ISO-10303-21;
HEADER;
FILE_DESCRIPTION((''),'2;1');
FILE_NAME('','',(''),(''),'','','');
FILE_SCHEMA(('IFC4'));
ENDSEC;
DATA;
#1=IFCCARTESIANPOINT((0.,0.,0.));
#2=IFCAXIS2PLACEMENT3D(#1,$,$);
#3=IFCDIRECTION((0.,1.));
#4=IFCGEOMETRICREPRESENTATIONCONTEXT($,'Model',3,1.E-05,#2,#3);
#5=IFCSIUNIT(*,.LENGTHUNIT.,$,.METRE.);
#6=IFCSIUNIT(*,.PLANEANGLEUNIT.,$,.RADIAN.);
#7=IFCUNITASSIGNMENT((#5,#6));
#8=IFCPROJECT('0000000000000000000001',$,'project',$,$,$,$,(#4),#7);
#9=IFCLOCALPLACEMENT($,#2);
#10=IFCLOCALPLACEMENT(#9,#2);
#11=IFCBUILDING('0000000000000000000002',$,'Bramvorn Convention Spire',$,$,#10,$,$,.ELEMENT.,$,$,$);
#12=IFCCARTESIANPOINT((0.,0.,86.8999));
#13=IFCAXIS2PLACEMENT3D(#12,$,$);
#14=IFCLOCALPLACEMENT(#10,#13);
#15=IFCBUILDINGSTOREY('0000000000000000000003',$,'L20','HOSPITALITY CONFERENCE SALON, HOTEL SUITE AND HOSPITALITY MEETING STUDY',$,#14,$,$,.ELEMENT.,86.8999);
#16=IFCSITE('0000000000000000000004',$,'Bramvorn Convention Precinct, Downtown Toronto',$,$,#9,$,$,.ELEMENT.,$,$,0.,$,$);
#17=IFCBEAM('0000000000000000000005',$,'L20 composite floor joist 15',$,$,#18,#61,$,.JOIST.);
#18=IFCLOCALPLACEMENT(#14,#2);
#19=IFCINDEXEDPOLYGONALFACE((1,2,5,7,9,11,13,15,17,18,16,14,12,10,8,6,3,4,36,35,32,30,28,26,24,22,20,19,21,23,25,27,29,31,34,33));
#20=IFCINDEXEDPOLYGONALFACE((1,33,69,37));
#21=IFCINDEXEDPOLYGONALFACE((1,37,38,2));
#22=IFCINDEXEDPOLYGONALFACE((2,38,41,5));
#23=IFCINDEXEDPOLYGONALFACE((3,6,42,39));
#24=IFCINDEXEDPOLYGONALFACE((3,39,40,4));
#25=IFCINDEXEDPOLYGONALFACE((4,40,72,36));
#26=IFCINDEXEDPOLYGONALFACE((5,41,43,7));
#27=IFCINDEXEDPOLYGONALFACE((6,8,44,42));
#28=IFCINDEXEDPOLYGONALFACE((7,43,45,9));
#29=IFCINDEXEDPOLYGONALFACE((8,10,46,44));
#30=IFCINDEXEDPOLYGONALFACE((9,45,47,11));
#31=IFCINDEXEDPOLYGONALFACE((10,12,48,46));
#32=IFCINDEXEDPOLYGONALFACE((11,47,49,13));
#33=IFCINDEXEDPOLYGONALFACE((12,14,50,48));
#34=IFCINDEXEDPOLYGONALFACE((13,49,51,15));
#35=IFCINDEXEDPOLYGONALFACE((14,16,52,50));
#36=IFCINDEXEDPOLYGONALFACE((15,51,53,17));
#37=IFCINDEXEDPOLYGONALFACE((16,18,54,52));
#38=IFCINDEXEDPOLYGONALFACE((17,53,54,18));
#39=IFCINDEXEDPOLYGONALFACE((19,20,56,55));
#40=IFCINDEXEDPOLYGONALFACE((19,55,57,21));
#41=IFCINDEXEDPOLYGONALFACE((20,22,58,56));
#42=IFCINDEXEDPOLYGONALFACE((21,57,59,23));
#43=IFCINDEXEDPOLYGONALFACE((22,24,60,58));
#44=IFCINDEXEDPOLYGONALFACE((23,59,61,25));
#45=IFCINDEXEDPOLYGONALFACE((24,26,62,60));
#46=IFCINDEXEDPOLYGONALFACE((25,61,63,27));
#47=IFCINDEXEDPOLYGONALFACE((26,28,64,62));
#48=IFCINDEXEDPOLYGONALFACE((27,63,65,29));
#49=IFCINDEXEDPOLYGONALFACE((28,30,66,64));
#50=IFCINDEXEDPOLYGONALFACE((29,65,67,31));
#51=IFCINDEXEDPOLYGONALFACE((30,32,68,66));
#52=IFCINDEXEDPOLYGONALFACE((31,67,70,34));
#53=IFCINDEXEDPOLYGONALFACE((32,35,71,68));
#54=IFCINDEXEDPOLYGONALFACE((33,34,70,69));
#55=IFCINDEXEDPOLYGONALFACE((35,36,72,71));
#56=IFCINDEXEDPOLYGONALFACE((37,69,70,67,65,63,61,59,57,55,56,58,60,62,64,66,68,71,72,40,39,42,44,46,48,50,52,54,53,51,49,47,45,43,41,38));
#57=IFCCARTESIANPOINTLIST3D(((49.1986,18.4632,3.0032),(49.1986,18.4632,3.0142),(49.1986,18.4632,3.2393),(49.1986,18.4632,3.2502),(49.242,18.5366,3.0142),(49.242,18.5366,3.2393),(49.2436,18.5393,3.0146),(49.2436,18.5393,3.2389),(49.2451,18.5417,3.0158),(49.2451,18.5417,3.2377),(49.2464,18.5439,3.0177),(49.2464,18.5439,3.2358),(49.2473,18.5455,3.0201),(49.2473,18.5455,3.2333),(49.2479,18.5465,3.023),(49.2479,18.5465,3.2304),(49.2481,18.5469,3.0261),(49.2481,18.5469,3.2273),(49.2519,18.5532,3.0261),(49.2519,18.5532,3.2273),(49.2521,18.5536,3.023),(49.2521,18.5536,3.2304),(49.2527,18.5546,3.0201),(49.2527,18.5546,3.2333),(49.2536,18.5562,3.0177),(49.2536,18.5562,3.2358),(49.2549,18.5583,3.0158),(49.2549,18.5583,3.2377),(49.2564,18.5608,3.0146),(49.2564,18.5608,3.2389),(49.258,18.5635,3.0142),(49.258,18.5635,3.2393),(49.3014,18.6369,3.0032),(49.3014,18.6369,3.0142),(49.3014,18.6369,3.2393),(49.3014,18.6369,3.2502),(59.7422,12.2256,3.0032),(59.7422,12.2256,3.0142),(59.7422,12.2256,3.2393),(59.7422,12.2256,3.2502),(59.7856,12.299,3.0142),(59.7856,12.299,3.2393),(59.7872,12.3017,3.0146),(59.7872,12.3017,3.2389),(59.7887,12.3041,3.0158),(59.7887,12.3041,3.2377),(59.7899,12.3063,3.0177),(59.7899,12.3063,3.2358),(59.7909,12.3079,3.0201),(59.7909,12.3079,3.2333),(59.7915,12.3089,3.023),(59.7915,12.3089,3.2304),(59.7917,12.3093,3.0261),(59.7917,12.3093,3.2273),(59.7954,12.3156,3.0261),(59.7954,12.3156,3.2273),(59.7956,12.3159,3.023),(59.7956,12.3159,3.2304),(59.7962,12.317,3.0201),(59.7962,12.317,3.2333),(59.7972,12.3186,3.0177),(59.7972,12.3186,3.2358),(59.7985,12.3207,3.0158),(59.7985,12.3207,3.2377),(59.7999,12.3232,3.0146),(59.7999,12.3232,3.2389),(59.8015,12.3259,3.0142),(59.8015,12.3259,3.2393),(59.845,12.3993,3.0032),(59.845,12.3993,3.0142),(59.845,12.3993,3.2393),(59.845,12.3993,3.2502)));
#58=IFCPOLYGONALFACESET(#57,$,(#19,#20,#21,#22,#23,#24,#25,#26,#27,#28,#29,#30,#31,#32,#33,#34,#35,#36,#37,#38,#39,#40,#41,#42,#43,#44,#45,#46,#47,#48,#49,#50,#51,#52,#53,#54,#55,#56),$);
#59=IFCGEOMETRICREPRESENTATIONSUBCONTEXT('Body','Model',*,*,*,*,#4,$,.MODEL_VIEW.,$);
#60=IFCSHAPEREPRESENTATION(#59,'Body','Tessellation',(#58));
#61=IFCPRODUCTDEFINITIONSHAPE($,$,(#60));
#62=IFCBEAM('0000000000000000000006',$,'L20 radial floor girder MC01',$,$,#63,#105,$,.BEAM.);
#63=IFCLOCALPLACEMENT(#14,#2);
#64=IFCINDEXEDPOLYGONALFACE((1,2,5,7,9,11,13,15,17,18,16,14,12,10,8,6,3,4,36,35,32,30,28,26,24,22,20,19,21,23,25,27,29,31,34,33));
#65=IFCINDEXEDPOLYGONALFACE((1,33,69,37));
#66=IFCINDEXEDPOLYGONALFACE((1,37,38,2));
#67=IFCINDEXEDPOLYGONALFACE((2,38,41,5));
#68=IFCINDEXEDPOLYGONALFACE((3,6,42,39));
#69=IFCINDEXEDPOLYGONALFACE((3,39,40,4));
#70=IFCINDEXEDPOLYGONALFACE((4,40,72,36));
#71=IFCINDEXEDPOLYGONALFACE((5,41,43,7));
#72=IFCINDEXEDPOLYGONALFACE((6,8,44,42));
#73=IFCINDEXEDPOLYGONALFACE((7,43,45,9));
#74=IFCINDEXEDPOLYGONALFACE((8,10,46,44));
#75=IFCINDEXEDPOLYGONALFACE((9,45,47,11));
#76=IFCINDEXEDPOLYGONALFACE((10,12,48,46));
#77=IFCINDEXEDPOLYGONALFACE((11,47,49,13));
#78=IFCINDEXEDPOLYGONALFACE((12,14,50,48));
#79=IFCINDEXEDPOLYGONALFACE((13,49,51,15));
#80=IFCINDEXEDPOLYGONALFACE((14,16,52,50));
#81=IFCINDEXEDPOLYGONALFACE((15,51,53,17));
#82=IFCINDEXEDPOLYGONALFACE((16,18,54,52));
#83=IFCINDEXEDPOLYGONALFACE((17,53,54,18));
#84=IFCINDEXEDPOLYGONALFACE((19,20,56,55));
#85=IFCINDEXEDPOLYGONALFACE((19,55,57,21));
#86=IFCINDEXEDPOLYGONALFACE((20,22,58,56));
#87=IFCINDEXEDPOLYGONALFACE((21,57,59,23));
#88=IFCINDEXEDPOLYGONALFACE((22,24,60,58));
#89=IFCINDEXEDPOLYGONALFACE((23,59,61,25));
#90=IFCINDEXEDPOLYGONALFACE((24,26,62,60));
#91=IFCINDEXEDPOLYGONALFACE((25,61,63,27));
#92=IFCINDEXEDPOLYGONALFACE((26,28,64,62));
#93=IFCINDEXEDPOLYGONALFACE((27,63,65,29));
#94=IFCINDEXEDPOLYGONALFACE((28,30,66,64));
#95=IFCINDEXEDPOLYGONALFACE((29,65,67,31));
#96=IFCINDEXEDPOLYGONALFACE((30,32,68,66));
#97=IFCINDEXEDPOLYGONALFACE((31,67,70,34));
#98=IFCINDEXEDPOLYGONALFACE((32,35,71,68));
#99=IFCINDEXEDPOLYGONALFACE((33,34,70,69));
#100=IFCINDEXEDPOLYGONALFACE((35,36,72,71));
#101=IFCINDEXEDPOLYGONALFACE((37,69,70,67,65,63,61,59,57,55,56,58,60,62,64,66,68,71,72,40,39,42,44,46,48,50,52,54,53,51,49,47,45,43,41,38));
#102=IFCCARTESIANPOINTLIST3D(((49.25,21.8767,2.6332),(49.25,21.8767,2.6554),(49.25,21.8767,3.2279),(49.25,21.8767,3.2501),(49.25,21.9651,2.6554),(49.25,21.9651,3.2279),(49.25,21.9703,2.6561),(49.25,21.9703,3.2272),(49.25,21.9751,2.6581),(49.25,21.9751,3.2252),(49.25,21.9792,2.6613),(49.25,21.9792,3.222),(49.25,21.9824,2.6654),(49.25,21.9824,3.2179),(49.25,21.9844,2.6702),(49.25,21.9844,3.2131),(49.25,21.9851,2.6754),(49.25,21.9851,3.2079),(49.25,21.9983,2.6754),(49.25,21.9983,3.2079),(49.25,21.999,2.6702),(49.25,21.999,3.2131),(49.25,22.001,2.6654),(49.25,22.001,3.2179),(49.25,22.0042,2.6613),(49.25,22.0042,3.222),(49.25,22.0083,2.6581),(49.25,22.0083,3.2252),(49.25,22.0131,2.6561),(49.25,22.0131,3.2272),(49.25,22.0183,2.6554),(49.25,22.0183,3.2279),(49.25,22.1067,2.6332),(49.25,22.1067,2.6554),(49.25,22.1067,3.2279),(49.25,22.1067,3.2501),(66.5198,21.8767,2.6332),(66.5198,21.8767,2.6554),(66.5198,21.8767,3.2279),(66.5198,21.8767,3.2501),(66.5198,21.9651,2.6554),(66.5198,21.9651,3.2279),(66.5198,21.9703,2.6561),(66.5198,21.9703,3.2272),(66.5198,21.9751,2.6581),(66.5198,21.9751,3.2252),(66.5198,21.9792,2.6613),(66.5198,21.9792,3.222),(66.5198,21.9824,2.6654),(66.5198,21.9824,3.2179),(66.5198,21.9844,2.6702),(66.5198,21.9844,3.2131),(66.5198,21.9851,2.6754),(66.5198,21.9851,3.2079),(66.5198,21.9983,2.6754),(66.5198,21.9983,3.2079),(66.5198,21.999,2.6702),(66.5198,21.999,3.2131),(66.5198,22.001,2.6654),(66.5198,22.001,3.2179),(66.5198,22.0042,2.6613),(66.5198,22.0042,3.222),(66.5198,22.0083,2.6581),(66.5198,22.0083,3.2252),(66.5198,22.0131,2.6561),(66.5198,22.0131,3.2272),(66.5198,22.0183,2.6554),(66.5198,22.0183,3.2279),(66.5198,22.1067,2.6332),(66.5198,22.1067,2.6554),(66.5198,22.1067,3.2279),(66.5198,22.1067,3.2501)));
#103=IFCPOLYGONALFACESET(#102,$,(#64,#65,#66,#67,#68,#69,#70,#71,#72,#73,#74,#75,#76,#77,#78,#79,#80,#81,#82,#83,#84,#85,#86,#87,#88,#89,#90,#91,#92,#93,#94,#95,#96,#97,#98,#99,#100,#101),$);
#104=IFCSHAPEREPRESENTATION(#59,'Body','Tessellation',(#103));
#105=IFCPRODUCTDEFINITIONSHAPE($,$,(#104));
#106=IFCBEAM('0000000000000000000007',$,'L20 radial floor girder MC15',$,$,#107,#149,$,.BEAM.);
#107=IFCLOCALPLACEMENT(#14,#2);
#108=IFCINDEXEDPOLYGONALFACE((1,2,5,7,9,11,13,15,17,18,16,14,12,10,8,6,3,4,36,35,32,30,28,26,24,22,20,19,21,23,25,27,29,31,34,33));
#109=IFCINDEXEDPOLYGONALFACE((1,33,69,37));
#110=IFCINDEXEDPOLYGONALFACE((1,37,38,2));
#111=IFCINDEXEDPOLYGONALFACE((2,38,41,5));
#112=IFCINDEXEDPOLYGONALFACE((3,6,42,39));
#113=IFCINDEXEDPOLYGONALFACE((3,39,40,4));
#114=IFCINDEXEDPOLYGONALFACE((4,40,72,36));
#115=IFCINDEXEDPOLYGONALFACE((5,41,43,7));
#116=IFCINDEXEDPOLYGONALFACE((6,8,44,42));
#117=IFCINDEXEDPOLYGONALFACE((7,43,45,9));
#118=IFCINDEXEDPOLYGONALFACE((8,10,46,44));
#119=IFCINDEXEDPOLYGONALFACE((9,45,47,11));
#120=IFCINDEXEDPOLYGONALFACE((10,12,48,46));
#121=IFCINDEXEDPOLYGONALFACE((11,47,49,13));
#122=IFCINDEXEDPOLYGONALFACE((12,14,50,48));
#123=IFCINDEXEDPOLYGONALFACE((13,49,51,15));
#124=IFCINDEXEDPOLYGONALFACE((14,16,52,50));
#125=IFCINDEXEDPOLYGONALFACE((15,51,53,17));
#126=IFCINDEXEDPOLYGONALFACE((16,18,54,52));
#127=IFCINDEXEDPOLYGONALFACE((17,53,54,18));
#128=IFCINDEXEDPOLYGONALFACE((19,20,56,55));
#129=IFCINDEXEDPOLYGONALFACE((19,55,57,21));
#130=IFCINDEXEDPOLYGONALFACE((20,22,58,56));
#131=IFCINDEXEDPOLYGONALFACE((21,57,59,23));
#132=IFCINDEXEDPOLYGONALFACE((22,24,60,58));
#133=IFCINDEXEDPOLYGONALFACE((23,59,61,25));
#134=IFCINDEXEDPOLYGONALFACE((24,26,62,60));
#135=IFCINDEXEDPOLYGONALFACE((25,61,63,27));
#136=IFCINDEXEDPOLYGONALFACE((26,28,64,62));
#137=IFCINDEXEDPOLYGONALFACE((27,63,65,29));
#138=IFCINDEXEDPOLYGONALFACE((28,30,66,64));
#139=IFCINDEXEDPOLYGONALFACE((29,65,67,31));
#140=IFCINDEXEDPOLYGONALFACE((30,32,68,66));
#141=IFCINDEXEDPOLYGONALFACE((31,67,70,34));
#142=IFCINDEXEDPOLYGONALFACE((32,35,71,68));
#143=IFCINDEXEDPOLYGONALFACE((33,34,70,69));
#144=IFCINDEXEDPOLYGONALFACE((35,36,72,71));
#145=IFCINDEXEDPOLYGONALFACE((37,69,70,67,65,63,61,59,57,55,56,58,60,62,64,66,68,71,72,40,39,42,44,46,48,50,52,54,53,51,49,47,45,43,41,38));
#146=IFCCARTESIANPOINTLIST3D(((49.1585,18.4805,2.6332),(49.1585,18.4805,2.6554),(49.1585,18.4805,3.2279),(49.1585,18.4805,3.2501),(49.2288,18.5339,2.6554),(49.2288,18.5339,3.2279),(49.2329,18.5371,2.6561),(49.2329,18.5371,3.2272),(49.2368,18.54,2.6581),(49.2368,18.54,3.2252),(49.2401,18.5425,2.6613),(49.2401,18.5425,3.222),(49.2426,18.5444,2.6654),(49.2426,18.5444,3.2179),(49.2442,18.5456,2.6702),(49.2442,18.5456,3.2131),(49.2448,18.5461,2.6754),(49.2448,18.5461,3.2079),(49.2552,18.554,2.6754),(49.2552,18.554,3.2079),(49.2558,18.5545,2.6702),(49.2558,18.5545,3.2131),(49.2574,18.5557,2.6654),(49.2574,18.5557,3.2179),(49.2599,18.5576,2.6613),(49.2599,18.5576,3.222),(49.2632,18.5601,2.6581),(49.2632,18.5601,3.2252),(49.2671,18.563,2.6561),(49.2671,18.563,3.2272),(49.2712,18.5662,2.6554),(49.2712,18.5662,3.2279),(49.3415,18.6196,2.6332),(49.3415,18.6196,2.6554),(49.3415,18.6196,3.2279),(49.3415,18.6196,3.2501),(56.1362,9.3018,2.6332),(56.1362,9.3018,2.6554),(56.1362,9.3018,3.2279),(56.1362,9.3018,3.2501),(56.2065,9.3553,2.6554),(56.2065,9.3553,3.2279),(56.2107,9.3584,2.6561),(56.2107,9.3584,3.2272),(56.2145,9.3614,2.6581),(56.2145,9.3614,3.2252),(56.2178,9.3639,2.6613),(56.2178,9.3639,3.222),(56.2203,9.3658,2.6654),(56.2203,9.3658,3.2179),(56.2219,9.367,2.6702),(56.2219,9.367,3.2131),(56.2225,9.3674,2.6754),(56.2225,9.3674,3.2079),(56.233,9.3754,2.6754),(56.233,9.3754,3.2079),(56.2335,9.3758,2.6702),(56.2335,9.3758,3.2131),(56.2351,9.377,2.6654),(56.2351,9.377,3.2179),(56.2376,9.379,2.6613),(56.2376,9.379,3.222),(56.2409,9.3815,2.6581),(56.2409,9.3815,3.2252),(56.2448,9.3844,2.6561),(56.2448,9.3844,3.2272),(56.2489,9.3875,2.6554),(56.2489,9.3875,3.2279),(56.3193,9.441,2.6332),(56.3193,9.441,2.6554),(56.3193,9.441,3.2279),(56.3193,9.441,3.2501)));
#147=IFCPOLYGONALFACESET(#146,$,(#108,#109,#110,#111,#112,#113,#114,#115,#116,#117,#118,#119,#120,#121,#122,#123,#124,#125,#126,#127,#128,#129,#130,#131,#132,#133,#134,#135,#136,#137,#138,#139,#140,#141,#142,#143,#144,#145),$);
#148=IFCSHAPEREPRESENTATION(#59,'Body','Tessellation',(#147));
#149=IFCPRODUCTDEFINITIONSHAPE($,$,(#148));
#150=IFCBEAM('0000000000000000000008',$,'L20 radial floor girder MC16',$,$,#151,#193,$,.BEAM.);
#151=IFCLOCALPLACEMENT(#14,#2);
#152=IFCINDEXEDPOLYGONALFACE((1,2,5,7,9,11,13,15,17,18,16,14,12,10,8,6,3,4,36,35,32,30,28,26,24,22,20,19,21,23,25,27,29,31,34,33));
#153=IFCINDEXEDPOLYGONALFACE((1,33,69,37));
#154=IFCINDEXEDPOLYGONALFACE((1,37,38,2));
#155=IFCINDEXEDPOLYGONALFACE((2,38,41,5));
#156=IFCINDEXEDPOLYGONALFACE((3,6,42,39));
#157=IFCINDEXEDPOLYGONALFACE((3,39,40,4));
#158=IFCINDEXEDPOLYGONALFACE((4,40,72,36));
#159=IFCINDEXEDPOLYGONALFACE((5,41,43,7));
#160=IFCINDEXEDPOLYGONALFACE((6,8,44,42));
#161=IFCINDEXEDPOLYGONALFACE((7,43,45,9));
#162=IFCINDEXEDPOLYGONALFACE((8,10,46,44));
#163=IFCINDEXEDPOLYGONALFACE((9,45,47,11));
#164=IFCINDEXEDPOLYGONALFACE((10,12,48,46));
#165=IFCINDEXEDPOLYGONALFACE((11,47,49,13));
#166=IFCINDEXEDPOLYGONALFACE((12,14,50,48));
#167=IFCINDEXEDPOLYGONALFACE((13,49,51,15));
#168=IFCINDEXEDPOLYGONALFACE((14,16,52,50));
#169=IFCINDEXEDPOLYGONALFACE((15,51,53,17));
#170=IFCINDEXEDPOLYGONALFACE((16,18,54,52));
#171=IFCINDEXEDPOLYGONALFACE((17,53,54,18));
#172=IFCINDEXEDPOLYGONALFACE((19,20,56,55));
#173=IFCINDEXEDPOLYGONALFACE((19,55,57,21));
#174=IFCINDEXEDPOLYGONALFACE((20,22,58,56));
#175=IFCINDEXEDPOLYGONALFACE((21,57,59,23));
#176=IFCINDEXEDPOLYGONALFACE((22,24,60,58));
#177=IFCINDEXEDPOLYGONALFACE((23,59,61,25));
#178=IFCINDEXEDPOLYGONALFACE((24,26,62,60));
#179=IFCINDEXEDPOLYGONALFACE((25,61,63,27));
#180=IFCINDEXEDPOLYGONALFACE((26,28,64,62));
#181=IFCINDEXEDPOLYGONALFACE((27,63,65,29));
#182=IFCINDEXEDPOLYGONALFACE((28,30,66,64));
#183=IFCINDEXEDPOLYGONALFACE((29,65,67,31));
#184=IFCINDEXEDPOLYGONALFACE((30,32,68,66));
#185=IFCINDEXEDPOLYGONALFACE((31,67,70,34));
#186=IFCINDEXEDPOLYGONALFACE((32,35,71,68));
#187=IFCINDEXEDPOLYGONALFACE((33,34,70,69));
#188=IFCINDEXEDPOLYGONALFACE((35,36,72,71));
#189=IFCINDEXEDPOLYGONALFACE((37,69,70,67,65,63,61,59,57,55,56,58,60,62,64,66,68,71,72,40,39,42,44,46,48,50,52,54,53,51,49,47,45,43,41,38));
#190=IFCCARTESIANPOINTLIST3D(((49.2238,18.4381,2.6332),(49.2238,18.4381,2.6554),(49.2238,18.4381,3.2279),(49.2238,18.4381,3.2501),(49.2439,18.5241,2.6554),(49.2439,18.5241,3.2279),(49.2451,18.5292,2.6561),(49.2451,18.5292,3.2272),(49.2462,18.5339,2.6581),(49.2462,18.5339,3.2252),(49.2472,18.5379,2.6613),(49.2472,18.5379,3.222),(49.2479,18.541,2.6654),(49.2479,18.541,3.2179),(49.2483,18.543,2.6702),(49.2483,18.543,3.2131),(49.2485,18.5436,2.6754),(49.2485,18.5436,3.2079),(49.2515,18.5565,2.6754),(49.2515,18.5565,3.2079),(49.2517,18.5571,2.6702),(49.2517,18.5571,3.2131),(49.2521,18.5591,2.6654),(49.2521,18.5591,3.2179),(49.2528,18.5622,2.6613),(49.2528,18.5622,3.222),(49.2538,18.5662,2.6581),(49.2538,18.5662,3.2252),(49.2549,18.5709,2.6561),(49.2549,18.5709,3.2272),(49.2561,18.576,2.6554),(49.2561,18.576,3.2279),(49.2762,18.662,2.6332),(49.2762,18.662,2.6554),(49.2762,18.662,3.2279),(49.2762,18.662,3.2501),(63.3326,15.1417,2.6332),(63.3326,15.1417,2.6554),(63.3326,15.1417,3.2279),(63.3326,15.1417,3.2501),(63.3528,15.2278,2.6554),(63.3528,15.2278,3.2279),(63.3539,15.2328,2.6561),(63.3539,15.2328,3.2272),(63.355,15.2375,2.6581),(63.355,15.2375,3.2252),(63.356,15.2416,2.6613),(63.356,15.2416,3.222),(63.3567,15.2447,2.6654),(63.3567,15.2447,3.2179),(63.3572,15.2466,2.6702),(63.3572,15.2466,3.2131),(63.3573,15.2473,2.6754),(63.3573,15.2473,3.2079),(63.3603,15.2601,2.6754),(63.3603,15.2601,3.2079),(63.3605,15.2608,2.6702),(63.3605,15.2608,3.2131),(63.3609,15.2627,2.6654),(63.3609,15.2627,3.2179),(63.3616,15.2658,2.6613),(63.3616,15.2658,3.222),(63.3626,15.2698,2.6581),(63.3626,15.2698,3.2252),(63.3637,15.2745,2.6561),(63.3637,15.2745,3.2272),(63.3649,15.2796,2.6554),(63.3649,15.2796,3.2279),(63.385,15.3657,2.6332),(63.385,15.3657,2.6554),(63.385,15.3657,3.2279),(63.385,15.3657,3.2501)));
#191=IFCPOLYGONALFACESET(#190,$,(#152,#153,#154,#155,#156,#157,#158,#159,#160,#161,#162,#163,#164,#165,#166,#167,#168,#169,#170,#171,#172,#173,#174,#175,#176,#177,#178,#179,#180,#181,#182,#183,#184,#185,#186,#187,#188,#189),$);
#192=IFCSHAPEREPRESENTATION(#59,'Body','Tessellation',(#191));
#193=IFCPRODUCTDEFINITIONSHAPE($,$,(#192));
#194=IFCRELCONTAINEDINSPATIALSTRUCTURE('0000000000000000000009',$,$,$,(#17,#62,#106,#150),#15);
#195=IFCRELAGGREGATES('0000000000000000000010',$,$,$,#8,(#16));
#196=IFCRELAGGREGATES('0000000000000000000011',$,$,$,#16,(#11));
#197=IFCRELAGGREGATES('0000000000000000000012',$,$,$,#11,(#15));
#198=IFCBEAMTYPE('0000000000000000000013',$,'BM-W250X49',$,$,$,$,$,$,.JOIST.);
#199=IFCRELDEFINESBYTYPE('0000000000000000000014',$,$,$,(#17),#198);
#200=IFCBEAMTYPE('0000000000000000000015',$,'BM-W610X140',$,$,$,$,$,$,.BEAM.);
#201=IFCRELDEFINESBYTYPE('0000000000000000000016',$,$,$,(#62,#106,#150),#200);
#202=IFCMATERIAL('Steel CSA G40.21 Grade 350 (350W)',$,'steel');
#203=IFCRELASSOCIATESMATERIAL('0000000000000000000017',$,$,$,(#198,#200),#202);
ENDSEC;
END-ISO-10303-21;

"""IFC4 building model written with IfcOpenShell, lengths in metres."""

from ifc_helpers import new_model, si_unit, direction, frame, origin, origin_2d, place, context, subcontext, project, spatial, i_section, extrude, material, material_profile, profile_set, type_object, element, save


model = new_model("IFC4")

# Units and contexts
model_context = context("Model", 3, precision=1e-05, world=origin(), true_north=direction((0.0, 1.0)))
body_context = subcontext(model_context, "Body", "Model", "MODEL_VIEW")
ifc_project = project(units=[si_unit("LENGTHUNIT", "METRE"), si_unit("PLANEANGLEUNIT", "RADIAN")], contexts=[model_context])

# Site, building, storey
site_placement = place(None, origin())
site = spatial("IfcSite", under=ifc_project, at=site_placement, Name="Bramvorn Convention Precinct, Downtown Toronto", CompositionType="ELEMENT", RefElevation=0.0)
building_placement = place(site_placement, origin())
building = spatial("IfcBuilding", under=site, at=building_placement, Name="Bramvorn Convention Spire", CompositionType="ELEMENT")
storey_placement = place(building_placement, frame((0.0, 0.0, 86.8999)))
storey = spatial("IfcBuildingStorey", under=building, at=storey_placement, Name="L20", Description="HOSPITALITY CONFERENCE SALON, HOTEL SUITE AND HOSPITALITY MEETING STUDY", CompositionType="ELEMENT", Elevation=86.8999)

# Beams
ifc_material_1 = material(Name="Steel CSA G40.21 Grade 350 (350W)", Category="steel")
ifc_material_profile_1 = material_profile(ifc_material_1, i_section(OverallWidth=0.2019, OverallDepth=0.2471, WebThickness=0.0073, FlangeThickness=0.011, FilletRadius=0.012, at=origin_2d()))
ifc_profile_set_1 = profile_set([ifc_material_profile_1], Name="Steel CSA G40.21 Grade 350 (350W) - W250X49")
beam_type_1 = type_object("IfcBeamType", Name="BM-W250X49", PredefinedType="JOIST", material=ifc_profile_set_1)
beam_1_placement = place(storey_placement, frame((49.25, 18.55, 3.1267), z_axis=(0.860665, -0.509172, 0.0), x_axis=(0.509172, 0.860665, 0.0)))
element("IfcBeam", 1, at=beam_1_placement, inside=storey, type_object=beam_type_1, Name="L20 composite floor joist 15", PredefinedType="JOIST", context=body_context, shape_type="SweptSolid", body=[
    extrude(i_section(OverallWidth=0.2019, OverallDepth=0.2471, WebThickness=0.0073, FlangeThickness=0.011, FilletRadius=0.012, at=origin_2d()), origin(), (0.0, 0.0, 1.0), 12.2505),
])
ifc_material_profile_2 = material_profile(ifc_material_1, i_section(OverallWidth=0.23, OverallDepth=0.6169, WebThickness=0.0132, FlangeThickness=0.0222, FilletRadius=0.02, at=origin_2d()))
ifc_profile_set_2 = profile_set([ifc_material_profile_2], Name="Steel CSA G40.21 Grade 350 (350W) - W610X140")
beam_type_2 = type_object("IfcBeamType", Name="BM-W610X140", PredefinedType="BEAM", material=ifc_profile_set_2)
beam_2_placement = place(storey_placement, frame((49.25, 21.9917, 2.9417), z_axis=(1.0, 0.0, 0.0), x_axis=(0.0, 1.0, 0.0)))
element("IfcBeam", 2, at=beam_2_placement, inside=storey, type_object=beam_type_2, Name="L20 radial floor girder MC01", PredefinedType="BEAM", context=body_context, shape_type="SweptSolid", body=[
    extrude(i_section(OverallWidth=0.23, OverallDepth=0.6169, WebThickness=0.0132, FlangeThickness=0.0222, FilletRadius=0.02, at=origin_2d()), origin(), (0.0, 0.0, 1.0), 17.2698),
])
beam_3_placement = place(storey_placement, frame((49.25, 18.55, 2.9417), z_axis=(0.605191, -0.79608, 0.0), x_axis=(0.79608, 0.605191, 0.0)))
element("IfcBeam", 3, at=beam_3_placement, inside=storey, type_object=beam_type_2, Name="L20 radial floor girder MC15", PredefinedType="BEAM", context=body_context, shape_type="SweptSolid", body=[
    extrude(i_section(OverallWidth=0.23, OverallDepth=0.6169, WebThickness=0.0132, FlangeThickness=0.0222, FilletRadius=0.02, at=origin_2d()), origin(), (0.0, 0.0, 1.0), 11.5298),
])
beam_4_placement = place(storey_placement, frame((49.25, 18.55, 2.9417), z_axis=(0.973775, -0.227512, 0.0), x_axis=(0.227512, 0.973775, 0.0)))
element("IfcBeam", 4, at=beam_4_placement, inside=storey, type_object=beam_type_2, Name="L20 radial floor girder MC16", PredefinedType="BEAM", context=body_context, shape_type="SweptSolid", body=[
    extrude(i_section(OverallWidth=0.23, OverallDepth=0.6169, WebThickness=0.0132, FlangeThickness=0.0222, FilletRadius=0.02, at=origin_2d()), origin(), (0.0, 0.0, 1.0), 14.4888),
])

save(model, "model.ifc")
